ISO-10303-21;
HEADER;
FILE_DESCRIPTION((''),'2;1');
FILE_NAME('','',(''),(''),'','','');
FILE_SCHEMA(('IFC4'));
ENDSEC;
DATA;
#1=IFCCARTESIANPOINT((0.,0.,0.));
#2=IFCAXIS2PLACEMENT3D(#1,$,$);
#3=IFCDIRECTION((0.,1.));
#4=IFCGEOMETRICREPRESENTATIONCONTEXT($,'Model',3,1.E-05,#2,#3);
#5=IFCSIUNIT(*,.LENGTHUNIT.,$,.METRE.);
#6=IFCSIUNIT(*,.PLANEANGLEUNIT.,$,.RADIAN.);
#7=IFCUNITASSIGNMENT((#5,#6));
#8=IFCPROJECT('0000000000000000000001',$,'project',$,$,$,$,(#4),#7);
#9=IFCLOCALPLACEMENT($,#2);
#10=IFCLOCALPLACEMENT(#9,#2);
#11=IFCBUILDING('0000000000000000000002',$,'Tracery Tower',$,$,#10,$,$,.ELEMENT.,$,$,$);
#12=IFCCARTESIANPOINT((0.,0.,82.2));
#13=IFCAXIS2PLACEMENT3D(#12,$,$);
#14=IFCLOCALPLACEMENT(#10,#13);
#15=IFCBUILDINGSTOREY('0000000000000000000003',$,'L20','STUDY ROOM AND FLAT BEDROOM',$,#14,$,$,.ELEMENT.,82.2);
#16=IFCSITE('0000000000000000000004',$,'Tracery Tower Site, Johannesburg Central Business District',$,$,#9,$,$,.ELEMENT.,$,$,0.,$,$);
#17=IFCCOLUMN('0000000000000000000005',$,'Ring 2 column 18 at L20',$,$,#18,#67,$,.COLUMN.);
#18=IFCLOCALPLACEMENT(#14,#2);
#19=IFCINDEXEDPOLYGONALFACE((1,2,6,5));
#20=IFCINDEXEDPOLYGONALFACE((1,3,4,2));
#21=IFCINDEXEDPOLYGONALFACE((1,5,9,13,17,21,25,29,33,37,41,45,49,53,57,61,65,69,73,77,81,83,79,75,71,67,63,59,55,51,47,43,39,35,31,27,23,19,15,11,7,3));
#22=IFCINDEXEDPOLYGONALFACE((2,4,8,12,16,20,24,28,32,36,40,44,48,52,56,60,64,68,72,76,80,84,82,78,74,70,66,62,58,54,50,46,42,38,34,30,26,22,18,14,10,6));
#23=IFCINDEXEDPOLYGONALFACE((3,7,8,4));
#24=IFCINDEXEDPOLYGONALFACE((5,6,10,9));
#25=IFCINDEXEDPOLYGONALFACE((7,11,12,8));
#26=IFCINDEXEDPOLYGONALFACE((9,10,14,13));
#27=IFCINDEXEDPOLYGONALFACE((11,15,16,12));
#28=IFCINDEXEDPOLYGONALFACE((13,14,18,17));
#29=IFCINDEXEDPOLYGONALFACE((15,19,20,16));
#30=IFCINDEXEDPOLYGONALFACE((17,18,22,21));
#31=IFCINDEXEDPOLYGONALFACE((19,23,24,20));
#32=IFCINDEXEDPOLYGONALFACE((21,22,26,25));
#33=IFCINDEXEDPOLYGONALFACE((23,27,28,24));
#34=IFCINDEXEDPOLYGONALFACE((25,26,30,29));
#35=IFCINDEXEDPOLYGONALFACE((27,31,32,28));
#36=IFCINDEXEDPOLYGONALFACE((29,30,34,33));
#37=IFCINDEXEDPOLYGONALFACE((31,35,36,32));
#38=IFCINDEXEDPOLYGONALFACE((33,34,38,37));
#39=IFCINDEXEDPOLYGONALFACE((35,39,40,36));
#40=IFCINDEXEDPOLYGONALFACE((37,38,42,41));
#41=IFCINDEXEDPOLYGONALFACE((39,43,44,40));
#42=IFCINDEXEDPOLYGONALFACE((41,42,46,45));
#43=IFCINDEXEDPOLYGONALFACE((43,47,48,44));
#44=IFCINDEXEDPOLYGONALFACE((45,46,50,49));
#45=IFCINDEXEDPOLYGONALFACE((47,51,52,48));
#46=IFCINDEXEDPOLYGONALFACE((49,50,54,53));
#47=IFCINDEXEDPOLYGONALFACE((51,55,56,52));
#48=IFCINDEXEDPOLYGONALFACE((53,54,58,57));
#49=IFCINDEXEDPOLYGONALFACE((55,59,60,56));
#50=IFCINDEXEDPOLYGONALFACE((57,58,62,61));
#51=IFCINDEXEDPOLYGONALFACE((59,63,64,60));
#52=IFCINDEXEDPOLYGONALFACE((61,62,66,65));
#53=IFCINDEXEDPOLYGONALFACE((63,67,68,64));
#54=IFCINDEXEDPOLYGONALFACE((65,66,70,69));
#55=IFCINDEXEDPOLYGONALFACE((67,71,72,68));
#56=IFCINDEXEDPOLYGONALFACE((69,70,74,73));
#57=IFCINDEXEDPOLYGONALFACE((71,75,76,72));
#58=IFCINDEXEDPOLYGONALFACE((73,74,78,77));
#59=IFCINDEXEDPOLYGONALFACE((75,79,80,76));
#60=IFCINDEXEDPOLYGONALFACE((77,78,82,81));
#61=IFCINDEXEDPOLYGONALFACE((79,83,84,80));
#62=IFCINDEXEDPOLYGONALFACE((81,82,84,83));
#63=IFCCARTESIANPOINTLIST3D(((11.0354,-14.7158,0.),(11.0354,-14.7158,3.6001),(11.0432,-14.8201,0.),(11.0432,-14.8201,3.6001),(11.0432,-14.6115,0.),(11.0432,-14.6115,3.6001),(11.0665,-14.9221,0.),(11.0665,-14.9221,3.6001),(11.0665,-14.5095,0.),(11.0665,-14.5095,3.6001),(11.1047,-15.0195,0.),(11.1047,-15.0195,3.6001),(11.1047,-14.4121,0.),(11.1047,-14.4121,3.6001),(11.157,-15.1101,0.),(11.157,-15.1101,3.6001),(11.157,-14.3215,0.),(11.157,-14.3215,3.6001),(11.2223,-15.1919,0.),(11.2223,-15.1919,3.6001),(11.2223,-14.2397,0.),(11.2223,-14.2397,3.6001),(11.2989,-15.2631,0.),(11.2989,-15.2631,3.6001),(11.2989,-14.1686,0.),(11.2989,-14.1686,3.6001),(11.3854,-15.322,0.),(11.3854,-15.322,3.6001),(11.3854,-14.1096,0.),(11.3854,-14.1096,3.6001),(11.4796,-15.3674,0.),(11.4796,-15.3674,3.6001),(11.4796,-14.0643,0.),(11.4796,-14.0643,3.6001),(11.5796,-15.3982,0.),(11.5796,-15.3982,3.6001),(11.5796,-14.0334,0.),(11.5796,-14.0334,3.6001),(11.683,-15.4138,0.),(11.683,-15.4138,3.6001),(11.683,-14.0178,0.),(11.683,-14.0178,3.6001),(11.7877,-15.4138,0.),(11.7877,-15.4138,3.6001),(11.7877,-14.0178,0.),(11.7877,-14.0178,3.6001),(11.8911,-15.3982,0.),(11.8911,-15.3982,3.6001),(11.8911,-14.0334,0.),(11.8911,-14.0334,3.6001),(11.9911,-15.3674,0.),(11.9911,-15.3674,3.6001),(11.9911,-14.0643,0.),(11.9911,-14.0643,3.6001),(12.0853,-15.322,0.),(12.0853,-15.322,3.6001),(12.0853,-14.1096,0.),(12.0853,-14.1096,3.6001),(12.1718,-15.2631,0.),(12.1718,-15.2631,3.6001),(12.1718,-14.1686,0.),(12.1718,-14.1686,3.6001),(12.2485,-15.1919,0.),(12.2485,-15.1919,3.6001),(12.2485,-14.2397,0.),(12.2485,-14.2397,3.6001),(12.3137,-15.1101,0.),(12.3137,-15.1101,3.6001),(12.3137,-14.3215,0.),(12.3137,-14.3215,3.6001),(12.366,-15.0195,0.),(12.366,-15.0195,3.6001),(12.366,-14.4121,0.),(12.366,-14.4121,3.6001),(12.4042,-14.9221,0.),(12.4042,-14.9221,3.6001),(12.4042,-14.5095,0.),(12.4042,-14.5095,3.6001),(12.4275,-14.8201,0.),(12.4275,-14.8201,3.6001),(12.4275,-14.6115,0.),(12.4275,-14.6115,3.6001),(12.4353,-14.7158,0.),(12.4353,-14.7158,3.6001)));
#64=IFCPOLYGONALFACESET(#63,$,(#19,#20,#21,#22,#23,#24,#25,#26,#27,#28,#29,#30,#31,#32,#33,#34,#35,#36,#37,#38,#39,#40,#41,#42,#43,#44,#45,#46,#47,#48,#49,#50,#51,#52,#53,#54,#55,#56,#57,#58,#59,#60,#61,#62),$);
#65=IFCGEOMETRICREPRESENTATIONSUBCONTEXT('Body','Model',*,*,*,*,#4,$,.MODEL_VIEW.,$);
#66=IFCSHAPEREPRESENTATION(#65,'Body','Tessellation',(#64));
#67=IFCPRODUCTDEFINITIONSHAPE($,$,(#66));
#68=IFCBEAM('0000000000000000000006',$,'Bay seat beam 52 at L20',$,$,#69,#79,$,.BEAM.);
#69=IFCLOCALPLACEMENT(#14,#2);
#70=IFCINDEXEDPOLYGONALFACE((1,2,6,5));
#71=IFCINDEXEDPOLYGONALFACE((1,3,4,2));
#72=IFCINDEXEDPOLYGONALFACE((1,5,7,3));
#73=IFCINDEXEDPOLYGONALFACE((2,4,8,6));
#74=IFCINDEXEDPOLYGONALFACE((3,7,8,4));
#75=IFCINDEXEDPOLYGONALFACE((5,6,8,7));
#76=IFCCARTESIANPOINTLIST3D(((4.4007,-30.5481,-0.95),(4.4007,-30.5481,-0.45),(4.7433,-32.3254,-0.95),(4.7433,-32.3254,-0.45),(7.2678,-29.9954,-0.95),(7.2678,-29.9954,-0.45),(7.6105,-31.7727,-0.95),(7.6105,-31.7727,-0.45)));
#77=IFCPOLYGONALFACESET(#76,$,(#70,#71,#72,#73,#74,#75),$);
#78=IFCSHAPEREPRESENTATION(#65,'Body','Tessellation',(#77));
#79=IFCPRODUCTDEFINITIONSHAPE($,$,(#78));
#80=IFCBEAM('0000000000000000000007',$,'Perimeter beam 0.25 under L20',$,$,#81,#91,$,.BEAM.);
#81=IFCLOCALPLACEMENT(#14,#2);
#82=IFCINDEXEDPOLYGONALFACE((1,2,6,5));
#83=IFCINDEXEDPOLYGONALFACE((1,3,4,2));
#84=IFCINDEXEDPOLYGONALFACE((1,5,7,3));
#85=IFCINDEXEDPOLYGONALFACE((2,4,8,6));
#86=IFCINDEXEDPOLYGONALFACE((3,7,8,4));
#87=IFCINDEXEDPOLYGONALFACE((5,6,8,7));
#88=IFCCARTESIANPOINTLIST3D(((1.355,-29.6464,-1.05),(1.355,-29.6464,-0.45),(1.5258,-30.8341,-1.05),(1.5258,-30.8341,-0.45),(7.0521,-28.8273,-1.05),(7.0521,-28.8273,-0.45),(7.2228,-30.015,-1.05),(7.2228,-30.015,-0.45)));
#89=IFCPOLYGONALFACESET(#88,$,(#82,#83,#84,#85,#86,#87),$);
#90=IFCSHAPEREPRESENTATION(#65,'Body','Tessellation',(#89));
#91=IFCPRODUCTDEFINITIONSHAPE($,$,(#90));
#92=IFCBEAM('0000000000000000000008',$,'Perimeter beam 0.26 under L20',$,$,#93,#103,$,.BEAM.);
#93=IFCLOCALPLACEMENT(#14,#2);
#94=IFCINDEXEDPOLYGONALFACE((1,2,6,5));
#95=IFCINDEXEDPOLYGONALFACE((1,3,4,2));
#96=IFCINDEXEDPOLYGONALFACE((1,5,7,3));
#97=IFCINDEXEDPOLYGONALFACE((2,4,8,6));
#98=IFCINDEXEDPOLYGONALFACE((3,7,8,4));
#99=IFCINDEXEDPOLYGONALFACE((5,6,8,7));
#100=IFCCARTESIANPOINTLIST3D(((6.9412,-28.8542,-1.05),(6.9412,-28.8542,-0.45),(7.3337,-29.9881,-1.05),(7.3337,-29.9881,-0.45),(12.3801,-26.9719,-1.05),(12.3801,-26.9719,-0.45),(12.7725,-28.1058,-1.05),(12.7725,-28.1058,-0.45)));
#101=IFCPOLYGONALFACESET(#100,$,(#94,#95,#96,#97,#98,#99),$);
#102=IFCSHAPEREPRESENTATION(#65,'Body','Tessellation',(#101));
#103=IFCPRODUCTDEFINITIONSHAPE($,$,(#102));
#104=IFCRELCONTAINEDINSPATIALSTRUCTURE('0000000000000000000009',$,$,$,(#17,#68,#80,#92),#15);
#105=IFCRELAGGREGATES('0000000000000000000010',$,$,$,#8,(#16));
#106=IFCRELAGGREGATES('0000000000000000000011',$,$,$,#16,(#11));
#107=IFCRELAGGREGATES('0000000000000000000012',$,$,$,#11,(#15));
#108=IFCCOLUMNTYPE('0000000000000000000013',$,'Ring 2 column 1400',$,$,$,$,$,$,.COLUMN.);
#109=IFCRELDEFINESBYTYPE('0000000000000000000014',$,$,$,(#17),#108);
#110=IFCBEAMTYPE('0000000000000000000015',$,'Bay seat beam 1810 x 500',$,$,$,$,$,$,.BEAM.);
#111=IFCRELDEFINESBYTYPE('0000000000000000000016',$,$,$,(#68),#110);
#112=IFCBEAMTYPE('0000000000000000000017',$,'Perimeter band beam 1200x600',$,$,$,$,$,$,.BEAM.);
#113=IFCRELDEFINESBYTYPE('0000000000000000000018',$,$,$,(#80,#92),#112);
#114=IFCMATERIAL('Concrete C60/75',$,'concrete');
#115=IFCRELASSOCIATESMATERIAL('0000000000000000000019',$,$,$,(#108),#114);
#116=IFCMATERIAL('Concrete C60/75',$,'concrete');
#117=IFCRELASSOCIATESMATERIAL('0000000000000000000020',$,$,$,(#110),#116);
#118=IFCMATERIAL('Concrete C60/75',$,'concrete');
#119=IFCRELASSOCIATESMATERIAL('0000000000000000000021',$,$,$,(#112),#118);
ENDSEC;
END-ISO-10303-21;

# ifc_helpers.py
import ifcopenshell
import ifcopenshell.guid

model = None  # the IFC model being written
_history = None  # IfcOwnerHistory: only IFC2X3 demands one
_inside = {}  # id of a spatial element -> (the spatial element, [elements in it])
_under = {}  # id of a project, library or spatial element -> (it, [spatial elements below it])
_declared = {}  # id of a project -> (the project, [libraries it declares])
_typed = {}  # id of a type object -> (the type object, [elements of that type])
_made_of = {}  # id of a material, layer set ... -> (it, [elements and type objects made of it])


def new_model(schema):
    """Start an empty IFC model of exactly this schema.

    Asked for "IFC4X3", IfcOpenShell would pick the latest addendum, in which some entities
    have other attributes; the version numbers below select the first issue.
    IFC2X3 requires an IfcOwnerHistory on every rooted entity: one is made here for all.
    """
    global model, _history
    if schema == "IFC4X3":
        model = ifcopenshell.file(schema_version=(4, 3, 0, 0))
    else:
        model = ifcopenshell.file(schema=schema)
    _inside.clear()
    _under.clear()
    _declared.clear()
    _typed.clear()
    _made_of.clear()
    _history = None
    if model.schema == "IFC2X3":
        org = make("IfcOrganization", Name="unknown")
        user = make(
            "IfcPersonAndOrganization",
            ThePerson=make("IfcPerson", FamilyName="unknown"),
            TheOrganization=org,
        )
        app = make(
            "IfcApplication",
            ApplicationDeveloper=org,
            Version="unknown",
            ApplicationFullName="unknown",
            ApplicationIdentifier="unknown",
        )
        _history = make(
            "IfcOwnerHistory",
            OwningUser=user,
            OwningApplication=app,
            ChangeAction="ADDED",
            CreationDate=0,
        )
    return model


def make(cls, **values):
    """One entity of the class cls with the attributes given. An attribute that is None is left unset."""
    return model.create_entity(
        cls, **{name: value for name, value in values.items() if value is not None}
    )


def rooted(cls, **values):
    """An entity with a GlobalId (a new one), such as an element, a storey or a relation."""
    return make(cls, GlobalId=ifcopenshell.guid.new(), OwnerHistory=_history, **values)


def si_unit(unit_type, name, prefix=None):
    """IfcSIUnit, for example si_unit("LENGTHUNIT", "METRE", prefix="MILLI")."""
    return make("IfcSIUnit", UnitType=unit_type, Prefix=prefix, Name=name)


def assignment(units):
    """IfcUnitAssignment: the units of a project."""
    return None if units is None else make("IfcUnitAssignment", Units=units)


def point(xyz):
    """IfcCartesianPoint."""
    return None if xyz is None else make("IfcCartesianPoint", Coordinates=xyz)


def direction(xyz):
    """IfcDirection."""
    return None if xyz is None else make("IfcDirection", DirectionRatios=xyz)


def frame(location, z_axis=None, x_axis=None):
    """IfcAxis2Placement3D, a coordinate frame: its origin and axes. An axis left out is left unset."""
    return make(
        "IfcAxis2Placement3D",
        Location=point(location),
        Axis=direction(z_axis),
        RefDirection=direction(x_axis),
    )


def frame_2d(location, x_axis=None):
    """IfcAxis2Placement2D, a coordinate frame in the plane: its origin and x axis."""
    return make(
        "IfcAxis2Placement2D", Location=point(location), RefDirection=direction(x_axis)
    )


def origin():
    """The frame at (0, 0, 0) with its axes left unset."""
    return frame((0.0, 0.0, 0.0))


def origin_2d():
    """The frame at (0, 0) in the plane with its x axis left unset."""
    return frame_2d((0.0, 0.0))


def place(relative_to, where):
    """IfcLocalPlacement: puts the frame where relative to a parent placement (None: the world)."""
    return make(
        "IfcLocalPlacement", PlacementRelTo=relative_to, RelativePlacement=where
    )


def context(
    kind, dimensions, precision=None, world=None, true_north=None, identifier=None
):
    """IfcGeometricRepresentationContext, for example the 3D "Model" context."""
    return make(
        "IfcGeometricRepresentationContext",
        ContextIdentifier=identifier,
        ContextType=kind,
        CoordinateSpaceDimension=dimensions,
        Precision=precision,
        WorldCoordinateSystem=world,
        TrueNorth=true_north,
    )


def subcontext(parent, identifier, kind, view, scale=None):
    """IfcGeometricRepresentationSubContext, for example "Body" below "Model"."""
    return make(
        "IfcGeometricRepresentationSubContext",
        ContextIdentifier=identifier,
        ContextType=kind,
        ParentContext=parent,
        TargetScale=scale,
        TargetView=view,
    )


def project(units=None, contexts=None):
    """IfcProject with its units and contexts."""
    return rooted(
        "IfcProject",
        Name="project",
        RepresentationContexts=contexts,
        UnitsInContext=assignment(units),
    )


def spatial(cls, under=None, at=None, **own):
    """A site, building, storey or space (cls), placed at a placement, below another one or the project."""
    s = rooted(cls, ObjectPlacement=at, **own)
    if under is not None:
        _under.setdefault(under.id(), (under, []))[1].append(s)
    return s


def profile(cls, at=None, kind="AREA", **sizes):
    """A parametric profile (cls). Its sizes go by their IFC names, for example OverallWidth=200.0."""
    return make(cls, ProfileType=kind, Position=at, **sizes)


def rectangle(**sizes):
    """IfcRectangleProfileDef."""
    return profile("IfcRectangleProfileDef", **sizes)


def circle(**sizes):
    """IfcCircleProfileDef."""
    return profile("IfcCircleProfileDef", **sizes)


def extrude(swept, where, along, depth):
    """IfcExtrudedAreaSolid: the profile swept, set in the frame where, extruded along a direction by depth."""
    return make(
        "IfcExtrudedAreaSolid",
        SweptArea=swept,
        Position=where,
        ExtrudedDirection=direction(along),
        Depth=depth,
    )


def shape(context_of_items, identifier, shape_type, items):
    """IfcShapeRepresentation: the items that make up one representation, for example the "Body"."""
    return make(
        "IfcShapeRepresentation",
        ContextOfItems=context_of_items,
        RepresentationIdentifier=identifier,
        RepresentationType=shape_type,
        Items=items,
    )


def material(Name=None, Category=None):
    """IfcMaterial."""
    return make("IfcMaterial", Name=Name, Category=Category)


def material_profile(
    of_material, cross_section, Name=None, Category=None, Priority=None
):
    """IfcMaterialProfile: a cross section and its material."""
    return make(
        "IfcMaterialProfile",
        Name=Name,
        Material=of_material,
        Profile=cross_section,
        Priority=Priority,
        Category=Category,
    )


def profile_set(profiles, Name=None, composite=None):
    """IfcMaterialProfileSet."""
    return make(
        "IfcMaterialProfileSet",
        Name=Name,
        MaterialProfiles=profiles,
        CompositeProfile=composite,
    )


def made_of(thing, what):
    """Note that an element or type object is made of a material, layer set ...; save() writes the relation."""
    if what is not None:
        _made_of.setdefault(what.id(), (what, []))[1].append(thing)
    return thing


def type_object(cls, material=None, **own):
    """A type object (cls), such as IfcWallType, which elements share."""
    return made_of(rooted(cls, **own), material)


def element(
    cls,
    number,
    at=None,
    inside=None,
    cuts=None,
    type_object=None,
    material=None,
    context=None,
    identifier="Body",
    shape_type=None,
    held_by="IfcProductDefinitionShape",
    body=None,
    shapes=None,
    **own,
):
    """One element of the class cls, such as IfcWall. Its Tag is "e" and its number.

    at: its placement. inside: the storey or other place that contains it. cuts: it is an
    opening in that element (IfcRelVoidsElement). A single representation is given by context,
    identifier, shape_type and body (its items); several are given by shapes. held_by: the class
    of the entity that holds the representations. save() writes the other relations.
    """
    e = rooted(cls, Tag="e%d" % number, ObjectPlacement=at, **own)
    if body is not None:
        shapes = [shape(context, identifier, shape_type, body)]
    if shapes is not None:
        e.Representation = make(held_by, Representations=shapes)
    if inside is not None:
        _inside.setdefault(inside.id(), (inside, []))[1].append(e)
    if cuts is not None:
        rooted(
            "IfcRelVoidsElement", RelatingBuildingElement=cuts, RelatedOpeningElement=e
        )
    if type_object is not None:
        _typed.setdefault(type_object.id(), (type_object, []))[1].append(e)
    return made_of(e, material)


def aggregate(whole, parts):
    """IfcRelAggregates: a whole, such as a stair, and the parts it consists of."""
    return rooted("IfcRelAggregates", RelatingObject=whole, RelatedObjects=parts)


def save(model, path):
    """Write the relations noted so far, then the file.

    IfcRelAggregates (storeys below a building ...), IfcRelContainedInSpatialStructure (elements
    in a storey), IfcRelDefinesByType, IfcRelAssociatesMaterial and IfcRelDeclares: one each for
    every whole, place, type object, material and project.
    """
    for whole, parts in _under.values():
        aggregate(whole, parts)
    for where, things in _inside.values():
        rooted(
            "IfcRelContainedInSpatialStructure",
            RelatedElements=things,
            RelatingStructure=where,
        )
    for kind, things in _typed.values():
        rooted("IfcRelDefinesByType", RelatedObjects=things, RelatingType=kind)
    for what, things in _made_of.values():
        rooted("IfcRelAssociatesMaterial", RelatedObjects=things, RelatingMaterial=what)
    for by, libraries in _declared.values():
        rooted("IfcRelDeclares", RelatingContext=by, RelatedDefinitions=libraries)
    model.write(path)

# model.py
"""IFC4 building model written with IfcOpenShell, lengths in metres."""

from ifc_helpers import new_model, si_unit, direction, frame, origin, origin_2d, place, context, subcontext, project, spatial, rectangle, circle, extrude, material, material_profile, profile_set, type_object, element, save


model = new_model("IFC4")

# Units and contexts
model_context = context("Model", 3, precision=1e-05, world=origin(), true_north=direction((0.0, 1.0)))
body_context = subcontext(model_context, "Body", "Model", "MODEL_VIEW")
ifc_project = project(units=[si_unit("LENGTHUNIT", "METRE"), si_unit("PLANEANGLEUNIT", "RADIAN")], contexts=[model_context])

# Site, building, storey
site_placement = place(None, origin())
site = spatial("IfcSite", under=ifc_project, at=site_placement, Name="Tracery Tower Site, Johannesburg Central Business District", CompositionType="ELEMENT", RefElevation=0.0)
building_placement = place(site_placement, origin())
building = spatial("IfcBuilding", under=site, at=building_placement, Name="Tracery Tower", CompositionType="ELEMENT")
storey_placement = place(building_placement, frame((0.0, 0.0, 82.2)))
storey = spatial("IfcBuildingStorey", under=building, at=storey_placement, Name="L20", Description="STUDY ROOM AND FLAT BEDROOM", CompositionType="ELEMENT", Elevation=82.2)

# Column
ifc_material_1 = material(Name="Concrete C60/75", Category="concrete")
ifc_material_profile_1 = material_profile(ifc_material_1, circle(Radius=0.7, at=origin_2d()), Name="RC D1400")
ifc_profile_set_1 = profile_set([ifc_material_profile_1], Name="Concrete C60/75")
column_type_1 = type_object("IfcColumnType", Name="Ring 2 column 1400", PredefinedType="COLUMN", material=ifc_profile_set_1)
for number, where, z_axis, x_axis, name in (
    (1, (11.7354, -14.7158, 0.0), (0.0, 0.0, 1.0), (1.0, 0.0, 0.0), "Ring 2 column 18 at L20"),
):
    element("IfcColumn", number, at=place(storey_placement, frame(where, z_axis=z_axis, x_axis=x_axis)), inside=storey, type_object=column_type_1, Name=name, PredefinedType="COLUMN", context=body_context, shape_type="SweptSolid", body=[
        extrude(circle(Radius=0.7, at=origin_2d()), origin(), (0.0, 0.0, 1.0), 3.6001),
    ])

# Beams
ifc_material_2 = material(Name="Concrete C60/75", Category="concrete")
ifc_material_profile_2 = material_profile(ifc_material_2, rectangle(XDim=1.8101, YDim=0.5, at=origin_2d()), Name="RC 1810x500")
ifc_profile_set_2 = profile_set([ifc_material_profile_2], Name="Concrete C60/75")
beam_type_1 = type_object("IfcBeamType", Name="Bay seat beam 1810 x 500", PredefinedType="BEAM", material=ifc_profile_set_2)
beam_1_placement = place(storey_placement, frame((4.572, -31.4368, -0.7), z_axis=(0.98192, 0.189294, 0.0), x_axis=(-0.189294, 0.98192, 0.0)))
element("IfcBeam", 2, at=beam_1_placement, inside=storey, type_object=beam_type_1, Name="Bay seat beam 52 at L20", PredefinedType="BEAM", context=body_context, shape_type="SweptSolid", body=[
    extrude(rectangle(XDim=1.8101, YDim=0.5, at=origin_2d()), origin(), (0.0, 0.0, 1.0), 2.9199),
])
ifc_material_3 = material(Name="Concrete C60/75", Category="concrete")
ifc_material_profile_3 = material_profile(ifc_material_3, rectangle(XDim=1.2, YDim=0.6001, at=origin_2d()), Name="RC 1200x600")
ifc_profile_set_3 = profile_set([ifc_material_profile_3], Name="Concrete C60/75")
beam_type_2 = type_object("IfcBeamType", Name="Perimeter band beam 1200x600", PredefinedType="BEAM", material=ifc_profile_set_3)
beam_2_placement = place(storey_placement, frame((1.4404, -30.2402, -0.75), z_axis=(0.989822, 0.142312, 0.0), x_axis=(-0.142312, 0.989822, 0.0)))
element("IfcBeam", 3, at=beam_2_placement, inside=storey, type_object=beam_type_2, Name="Perimeter beam 0.25 under L20", PredefinedType="BEAM", context=body_context, shape_type="SweptSolid", body=[
    extrude(rectangle(XDim=1.2, YDim=0.6001, at=origin_2d()), origin(), (0.0, 0.0, 1.0), 5.7556),
])
beam_3_placement = place(storey_placement, frame((7.1375, -29.4211, -0.75), z_axis=(0.945007, 0.327049, 0.0), x_axis=(-0.327049, 0.945007, 0.0)))
element("IfcBeam", 4, at=beam_3_placement, inside=storey, type_object=beam_type_2, Name="Perimeter beam 0.26 under L20", PredefinedType="BEAM", context=body_context, shape_type="SweptSolid", body=[
    extrude(rectangle(XDim=1.2, YDim=0.6001, at=origin_2d()), origin(), (0.0, 0.0, 1.0), 5.7554),
])

save(model, "model.ifc")
